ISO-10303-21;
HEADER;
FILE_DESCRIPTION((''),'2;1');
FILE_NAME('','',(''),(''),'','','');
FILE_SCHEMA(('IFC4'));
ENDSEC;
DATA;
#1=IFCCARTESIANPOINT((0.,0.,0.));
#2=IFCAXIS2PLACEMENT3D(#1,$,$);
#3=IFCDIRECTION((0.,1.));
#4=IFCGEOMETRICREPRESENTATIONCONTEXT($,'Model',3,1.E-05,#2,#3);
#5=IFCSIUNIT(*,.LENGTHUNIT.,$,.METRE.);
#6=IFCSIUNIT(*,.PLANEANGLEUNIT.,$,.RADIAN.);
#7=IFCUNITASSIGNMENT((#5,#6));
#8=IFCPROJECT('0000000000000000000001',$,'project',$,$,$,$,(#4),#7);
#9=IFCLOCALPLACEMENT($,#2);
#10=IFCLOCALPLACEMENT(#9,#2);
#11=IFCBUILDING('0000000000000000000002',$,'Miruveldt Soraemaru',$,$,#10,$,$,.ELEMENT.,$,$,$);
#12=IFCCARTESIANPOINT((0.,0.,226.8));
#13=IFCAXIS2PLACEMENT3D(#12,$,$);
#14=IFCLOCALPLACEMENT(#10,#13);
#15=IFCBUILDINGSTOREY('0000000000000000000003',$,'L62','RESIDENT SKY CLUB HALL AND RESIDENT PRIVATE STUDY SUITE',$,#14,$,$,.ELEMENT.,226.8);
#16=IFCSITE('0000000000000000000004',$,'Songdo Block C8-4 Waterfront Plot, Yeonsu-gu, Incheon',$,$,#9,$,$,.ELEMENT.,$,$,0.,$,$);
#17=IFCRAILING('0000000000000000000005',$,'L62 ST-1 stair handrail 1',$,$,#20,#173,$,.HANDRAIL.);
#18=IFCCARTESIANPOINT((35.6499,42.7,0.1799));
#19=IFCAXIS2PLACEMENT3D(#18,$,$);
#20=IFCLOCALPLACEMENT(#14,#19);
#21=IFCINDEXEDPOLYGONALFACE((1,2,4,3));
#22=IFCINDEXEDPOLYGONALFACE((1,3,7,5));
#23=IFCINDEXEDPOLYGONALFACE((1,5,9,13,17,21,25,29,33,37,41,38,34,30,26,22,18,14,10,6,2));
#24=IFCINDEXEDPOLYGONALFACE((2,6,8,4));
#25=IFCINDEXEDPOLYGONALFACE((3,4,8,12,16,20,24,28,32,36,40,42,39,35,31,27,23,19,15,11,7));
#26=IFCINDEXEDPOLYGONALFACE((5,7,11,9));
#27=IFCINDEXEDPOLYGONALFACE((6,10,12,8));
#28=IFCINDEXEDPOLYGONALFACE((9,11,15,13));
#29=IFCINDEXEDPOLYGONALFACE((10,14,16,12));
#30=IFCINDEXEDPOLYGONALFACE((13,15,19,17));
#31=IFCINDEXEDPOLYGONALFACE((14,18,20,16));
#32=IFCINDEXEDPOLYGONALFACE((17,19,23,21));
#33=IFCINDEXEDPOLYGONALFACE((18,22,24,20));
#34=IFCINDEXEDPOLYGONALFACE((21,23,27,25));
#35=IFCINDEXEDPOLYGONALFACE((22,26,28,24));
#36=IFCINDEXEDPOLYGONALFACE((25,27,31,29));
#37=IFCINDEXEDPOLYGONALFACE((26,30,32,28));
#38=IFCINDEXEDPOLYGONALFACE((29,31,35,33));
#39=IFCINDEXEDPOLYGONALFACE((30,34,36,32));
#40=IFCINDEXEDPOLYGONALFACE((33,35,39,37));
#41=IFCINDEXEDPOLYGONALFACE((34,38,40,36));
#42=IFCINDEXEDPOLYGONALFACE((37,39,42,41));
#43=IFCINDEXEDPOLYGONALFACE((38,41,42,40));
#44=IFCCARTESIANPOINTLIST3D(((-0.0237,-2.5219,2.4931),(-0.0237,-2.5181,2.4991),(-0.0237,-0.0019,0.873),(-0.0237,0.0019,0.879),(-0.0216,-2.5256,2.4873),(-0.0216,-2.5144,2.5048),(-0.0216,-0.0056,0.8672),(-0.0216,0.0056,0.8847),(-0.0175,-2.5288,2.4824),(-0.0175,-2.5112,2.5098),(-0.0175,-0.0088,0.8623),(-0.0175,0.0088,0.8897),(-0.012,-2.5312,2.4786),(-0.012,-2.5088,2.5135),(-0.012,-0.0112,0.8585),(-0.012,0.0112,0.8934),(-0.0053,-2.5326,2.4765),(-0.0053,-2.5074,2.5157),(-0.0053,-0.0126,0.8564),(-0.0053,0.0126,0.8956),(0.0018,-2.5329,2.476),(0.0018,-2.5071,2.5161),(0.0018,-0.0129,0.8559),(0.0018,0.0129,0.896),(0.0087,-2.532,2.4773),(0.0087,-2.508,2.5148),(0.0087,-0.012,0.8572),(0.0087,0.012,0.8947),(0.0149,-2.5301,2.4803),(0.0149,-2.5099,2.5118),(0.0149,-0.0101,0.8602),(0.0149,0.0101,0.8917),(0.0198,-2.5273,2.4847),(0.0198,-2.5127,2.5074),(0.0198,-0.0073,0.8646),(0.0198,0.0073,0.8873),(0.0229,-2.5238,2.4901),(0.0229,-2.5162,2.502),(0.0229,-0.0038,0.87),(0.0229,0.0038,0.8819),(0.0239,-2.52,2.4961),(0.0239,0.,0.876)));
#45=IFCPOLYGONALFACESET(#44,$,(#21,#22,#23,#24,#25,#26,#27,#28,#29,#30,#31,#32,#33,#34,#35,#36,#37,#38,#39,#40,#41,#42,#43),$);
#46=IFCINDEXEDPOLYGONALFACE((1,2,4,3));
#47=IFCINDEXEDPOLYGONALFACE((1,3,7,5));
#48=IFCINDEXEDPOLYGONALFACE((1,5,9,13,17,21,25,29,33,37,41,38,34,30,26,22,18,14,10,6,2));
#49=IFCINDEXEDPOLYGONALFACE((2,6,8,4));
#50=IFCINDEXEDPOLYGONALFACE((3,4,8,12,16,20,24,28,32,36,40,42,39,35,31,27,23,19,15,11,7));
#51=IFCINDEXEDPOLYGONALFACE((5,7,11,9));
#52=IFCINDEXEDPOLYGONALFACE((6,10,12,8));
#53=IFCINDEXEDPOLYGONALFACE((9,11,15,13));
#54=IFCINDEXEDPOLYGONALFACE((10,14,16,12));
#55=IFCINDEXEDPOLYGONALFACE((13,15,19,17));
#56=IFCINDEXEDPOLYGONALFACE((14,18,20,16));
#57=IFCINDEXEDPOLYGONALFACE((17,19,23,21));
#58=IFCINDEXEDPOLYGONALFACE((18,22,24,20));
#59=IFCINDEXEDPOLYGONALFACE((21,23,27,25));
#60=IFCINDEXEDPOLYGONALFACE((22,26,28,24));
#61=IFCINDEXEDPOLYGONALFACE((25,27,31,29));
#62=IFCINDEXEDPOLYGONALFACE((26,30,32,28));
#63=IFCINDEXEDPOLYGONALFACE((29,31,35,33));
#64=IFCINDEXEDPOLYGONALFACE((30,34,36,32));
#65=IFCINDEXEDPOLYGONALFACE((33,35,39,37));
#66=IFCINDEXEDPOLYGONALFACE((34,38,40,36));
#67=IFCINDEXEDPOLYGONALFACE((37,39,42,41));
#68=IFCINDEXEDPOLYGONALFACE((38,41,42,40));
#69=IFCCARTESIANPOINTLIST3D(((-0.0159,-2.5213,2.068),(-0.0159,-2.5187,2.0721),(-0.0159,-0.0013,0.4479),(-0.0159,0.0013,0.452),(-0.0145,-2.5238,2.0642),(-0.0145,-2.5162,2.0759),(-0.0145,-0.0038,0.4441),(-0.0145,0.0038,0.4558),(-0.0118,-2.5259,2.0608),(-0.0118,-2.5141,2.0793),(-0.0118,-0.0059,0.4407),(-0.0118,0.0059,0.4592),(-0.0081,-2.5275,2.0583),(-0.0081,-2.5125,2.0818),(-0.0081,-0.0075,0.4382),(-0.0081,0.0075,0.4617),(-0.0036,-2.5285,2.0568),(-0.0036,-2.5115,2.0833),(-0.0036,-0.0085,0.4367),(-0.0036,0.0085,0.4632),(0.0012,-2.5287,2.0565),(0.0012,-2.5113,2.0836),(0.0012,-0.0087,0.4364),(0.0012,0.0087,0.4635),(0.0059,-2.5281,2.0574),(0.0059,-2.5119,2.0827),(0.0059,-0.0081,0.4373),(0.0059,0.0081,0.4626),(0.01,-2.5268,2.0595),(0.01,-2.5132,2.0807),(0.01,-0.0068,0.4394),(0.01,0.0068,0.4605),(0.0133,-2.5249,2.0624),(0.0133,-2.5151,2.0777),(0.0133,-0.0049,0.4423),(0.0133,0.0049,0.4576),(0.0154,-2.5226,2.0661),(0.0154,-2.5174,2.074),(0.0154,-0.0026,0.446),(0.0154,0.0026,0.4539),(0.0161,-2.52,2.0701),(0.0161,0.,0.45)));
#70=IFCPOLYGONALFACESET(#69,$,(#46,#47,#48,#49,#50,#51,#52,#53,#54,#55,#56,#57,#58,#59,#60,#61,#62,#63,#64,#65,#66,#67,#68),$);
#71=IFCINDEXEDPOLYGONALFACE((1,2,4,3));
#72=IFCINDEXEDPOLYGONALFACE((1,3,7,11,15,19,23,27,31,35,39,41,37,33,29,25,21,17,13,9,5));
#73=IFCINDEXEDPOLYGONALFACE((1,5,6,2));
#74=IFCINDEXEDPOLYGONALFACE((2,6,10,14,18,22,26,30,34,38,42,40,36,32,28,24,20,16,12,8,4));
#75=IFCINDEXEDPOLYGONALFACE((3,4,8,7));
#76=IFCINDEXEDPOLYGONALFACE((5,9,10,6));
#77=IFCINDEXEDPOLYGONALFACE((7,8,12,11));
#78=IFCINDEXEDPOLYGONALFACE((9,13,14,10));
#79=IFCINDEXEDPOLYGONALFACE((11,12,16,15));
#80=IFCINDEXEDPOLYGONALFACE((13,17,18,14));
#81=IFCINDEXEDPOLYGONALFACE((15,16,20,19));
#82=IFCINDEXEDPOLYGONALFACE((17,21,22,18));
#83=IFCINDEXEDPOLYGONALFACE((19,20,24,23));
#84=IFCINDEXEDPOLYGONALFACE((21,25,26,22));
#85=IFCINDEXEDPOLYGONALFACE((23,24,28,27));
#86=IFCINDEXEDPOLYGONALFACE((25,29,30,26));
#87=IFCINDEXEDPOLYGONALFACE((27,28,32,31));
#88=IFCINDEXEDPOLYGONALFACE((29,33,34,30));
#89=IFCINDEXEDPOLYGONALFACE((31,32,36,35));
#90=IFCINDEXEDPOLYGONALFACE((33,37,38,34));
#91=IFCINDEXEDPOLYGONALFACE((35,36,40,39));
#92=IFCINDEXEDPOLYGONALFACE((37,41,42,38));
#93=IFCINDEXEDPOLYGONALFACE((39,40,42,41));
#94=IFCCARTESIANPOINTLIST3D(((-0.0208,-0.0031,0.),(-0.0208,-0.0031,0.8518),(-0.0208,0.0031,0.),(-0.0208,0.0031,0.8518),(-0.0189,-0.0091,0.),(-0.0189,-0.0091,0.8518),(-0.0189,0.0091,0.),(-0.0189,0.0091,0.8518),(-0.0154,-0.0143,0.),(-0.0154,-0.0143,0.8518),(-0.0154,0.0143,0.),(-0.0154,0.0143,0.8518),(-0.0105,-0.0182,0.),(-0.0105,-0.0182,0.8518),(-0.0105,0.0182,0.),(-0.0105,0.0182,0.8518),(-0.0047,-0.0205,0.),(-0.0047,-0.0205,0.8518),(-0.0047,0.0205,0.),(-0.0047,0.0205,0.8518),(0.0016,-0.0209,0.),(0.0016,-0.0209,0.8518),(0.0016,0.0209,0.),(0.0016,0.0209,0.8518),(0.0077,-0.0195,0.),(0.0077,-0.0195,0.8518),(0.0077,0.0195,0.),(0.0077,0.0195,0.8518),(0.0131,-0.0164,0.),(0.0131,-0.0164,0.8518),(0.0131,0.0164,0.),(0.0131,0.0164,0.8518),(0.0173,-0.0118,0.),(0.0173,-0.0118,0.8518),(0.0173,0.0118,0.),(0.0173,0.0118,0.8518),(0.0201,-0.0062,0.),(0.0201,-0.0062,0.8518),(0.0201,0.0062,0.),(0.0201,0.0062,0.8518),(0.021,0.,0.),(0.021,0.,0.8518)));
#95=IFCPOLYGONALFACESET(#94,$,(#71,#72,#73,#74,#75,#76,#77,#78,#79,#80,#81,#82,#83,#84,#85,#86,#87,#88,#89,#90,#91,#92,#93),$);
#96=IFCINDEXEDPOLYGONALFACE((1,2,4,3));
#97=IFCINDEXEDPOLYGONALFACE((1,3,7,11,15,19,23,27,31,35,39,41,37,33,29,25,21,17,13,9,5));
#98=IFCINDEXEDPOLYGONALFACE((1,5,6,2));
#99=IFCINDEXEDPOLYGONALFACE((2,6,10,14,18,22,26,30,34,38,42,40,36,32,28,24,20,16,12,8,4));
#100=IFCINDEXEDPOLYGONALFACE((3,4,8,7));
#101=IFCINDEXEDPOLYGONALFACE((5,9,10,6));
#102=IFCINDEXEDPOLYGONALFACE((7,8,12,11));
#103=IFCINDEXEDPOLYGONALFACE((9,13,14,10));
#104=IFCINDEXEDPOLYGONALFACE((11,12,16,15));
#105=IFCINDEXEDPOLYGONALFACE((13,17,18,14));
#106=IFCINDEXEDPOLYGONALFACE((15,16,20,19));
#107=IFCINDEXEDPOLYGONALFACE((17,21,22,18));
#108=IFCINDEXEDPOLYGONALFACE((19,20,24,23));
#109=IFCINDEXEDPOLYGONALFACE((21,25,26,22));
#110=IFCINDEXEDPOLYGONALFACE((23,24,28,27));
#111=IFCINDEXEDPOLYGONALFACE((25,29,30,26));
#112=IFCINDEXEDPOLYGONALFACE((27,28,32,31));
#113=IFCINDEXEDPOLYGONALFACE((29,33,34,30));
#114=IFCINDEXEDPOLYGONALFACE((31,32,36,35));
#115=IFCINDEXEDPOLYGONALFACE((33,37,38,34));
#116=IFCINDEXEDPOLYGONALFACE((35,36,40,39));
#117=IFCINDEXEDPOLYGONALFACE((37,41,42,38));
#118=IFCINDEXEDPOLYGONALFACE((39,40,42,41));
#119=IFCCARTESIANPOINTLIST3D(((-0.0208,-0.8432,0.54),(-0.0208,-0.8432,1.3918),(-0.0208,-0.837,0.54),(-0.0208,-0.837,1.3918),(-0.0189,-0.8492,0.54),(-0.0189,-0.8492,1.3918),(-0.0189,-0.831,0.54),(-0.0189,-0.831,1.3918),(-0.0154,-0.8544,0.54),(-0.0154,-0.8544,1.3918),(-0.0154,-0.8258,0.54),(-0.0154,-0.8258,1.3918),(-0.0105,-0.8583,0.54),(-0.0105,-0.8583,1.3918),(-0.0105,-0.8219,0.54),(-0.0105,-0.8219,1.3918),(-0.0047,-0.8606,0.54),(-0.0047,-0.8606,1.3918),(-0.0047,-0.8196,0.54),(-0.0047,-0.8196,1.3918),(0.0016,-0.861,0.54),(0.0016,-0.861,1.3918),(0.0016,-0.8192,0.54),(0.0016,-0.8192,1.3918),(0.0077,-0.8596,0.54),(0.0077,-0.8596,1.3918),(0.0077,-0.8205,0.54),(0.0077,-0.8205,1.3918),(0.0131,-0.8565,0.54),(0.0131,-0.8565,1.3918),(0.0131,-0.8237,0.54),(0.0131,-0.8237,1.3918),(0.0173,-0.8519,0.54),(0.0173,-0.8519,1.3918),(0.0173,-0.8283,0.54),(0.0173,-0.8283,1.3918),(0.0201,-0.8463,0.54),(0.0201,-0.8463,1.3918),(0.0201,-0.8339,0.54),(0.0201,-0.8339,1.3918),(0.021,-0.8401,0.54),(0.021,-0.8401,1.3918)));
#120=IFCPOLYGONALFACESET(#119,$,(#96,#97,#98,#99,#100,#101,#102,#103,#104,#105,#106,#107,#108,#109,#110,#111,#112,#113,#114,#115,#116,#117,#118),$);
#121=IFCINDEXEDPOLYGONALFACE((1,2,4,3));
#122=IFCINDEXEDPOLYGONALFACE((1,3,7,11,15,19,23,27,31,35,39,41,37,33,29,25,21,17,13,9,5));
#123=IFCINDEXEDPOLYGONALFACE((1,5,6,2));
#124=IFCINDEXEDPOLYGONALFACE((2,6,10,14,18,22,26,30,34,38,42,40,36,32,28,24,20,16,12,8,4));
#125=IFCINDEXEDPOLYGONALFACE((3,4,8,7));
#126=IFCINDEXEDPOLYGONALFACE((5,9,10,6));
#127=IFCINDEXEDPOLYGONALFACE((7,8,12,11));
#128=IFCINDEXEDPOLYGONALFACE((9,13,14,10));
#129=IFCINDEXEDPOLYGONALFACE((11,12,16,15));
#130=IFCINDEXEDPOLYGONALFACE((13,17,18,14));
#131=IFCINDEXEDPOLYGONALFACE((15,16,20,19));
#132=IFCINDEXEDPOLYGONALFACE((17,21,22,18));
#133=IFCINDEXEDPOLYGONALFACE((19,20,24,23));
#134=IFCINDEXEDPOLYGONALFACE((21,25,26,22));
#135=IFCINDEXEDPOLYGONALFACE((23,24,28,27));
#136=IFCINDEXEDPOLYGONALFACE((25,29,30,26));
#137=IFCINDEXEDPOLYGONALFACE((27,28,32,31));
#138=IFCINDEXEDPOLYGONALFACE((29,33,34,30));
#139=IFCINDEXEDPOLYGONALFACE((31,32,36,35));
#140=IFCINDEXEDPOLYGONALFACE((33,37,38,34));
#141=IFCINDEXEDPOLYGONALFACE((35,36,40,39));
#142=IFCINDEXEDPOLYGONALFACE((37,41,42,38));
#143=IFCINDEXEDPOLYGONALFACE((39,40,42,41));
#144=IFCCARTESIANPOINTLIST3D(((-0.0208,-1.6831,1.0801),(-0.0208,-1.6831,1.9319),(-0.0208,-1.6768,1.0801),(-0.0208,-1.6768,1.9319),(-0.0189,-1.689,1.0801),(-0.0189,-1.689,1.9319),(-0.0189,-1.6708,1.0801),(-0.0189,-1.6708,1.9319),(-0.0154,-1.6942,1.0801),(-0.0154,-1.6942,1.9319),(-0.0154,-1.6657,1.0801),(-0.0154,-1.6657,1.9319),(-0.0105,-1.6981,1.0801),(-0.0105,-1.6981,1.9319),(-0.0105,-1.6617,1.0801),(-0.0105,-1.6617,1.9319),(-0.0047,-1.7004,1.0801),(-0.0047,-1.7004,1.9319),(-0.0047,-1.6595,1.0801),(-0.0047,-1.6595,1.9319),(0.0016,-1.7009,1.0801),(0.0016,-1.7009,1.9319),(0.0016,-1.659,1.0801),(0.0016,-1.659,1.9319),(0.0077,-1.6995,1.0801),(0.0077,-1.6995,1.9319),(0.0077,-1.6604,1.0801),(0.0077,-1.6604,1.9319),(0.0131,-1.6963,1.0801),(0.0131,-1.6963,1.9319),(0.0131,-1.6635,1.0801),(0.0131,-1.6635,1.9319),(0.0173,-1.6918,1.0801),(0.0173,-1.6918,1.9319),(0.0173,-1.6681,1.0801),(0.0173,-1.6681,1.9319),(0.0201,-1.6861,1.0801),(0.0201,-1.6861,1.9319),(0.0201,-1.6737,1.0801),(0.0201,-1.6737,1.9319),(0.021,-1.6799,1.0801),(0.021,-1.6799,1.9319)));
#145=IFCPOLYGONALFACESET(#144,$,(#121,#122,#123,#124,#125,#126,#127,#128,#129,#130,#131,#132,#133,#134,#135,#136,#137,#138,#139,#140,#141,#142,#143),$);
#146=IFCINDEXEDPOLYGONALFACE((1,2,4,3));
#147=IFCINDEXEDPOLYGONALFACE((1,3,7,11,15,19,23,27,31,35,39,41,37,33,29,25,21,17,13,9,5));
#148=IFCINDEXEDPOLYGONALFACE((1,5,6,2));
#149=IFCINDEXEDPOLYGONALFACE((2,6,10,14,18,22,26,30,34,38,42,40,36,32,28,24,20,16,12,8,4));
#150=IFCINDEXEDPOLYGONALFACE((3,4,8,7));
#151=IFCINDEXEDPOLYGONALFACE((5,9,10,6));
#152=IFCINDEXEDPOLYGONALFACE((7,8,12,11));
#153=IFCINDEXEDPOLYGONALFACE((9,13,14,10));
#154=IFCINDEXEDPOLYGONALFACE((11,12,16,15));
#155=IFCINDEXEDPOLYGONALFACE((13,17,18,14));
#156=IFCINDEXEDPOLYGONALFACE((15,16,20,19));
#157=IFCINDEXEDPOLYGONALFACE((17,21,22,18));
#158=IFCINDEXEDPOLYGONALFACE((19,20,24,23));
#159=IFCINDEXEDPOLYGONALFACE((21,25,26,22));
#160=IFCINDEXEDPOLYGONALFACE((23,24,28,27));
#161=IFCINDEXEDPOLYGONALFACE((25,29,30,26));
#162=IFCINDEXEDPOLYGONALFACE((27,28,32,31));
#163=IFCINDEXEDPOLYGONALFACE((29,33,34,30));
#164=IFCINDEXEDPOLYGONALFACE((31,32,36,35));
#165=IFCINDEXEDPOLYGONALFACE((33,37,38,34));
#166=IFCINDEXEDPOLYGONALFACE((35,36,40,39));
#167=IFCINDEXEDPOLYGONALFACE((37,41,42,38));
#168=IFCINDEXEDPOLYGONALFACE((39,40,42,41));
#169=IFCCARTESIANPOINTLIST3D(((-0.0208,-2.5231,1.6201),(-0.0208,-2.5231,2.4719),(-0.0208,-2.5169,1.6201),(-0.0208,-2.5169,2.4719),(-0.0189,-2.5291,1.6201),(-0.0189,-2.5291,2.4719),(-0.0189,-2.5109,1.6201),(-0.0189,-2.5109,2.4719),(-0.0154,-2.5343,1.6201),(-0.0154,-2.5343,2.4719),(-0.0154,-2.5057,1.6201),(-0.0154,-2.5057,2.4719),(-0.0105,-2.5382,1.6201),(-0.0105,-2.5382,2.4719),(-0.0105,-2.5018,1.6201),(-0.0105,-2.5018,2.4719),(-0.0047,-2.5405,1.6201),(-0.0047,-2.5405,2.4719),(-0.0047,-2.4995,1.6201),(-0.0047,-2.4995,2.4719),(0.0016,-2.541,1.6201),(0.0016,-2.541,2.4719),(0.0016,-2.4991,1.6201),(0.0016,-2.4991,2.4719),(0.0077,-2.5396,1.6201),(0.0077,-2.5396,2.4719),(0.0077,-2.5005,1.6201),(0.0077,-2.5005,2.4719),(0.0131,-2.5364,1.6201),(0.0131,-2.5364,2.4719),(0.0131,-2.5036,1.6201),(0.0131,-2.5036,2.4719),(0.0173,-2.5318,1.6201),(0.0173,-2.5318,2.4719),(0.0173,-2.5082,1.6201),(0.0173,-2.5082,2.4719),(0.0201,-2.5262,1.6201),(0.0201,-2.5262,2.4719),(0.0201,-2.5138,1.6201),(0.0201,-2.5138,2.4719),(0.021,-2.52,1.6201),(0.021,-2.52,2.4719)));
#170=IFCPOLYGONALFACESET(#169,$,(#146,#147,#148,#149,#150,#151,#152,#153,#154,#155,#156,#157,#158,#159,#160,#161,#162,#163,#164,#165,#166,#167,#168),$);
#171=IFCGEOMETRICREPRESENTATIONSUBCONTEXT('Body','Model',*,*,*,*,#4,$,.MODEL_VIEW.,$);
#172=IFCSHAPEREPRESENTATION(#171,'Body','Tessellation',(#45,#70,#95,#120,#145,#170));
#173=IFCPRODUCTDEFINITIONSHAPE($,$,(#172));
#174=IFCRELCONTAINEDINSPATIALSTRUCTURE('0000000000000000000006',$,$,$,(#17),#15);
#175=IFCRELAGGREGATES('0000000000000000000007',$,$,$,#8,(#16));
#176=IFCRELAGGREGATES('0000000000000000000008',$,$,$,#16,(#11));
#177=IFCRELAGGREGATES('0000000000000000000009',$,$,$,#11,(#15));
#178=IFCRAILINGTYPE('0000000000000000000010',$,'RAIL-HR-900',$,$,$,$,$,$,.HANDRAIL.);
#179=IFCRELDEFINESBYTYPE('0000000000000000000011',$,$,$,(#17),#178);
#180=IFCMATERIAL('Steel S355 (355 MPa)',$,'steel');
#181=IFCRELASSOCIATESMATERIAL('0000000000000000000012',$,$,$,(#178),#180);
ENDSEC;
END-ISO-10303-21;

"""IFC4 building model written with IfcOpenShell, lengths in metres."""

from ifc_helpers import new_model, si_unit, direction, frame, origin, origin_2d, place, context, subcontext, project, spatial, circle, extrude, material, type_object, element, save


model = new_model("IFC4")

# Units and contexts
model_context = context("Model", 3, precision=1e-05, world=origin(), true_north=direction((0.0, 1.0)))
body_context = subcontext(model_context, "Body", "Model", "MODEL_VIEW")
ifc_project = project(units=[si_unit("LENGTHUNIT", "METRE"), si_unit("PLANEANGLEUNIT", "RADIAN")], contexts=[model_context])

# Site, building, storey
site_placement = place(None, origin())
site = spatial("IfcSite", under=ifc_project, at=site_placement, Name="Songdo Block C8-4 Waterfront Plot, Yeonsu-gu, Incheon", CompositionType="ELEMENT", RefElevation=0.0)
building_placement = place(site_placement, origin())
building = spatial("IfcBuilding", under=site, at=building_placement, Name="Miruveldt Soraemaru", CompositionType="ELEMENT")
storey_placement = place(building_placement, frame((0.0, 0.0, 226.8)))
storey = spatial("IfcBuildingStorey", under=building, at=storey_placement, Name="L62", Description="RESIDENT SKY CLUB HALL AND RESIDENT PRIVATE STUDY SUITE", CompositionType="ELEMENT", Elevation=226.8)

# Railing
ifc_material_1 = material(Name="Steel S355 (355 MPa)", Category="steel")
railing_type_1 = type_object("IfcRailingType", Name="RAIL-HR-900", PredefinedType="HANDRAIL", material=ifc_material_1)
railing_1_placement = place(storey_placement, frame((35.6499, 42.7, 0.1799)))
element("IfcRailing", 1, at=railing_1_placement, inside=storey, type_object=railing_type_1, Name="L62 ST-1 stair handrail 1", PredefinedType="HANDRAIL", context=body_context, shape_type="SweptSolid", body=[
    extrude(circle(Radius=0.0239, at=origin_2d()), frame((0.0, 0.0, 0.876), z_axis=(0.0, -0.841163, 0.540782), x_axis=(1.0, 0.0, 0.0)), (0.0, 0.0, 1.0), 2.9958),
    extrude(circle(Radius=0.0161, at=origin_2d()), frame((0.0, 0.0, 0.45), z_axis=(0.0, -0.841163, 0.540782), x_axis=(1.0, 0.0, 0.0)), (0.0, 0.0, 1.0), 2.9958),
    extrude(circle(Radius=0.021, at=origin_2d()), origin(), (0.0, 0.0, 1.0), 0.8518),
    extrude(circle(Radius=0.021, at=origin_2d()), frame((0.0, -0.8401, 0.54)), (0.0, 0.0, 1.0), 0.8518),
    extrude(circle(Radius=0.021, at=origin_2d()), frame((0.0, -1.6799, 1.0801)), (0.0, 0.0, 1.0), 0.8518),
    extrude(circle(Radius=0.021, at=origin_2d()), frame((0.0, -2.52, 1.6201)), (0.0, 0.0, 1.0), 0.8518),
])

save(model, "model.ifc")
